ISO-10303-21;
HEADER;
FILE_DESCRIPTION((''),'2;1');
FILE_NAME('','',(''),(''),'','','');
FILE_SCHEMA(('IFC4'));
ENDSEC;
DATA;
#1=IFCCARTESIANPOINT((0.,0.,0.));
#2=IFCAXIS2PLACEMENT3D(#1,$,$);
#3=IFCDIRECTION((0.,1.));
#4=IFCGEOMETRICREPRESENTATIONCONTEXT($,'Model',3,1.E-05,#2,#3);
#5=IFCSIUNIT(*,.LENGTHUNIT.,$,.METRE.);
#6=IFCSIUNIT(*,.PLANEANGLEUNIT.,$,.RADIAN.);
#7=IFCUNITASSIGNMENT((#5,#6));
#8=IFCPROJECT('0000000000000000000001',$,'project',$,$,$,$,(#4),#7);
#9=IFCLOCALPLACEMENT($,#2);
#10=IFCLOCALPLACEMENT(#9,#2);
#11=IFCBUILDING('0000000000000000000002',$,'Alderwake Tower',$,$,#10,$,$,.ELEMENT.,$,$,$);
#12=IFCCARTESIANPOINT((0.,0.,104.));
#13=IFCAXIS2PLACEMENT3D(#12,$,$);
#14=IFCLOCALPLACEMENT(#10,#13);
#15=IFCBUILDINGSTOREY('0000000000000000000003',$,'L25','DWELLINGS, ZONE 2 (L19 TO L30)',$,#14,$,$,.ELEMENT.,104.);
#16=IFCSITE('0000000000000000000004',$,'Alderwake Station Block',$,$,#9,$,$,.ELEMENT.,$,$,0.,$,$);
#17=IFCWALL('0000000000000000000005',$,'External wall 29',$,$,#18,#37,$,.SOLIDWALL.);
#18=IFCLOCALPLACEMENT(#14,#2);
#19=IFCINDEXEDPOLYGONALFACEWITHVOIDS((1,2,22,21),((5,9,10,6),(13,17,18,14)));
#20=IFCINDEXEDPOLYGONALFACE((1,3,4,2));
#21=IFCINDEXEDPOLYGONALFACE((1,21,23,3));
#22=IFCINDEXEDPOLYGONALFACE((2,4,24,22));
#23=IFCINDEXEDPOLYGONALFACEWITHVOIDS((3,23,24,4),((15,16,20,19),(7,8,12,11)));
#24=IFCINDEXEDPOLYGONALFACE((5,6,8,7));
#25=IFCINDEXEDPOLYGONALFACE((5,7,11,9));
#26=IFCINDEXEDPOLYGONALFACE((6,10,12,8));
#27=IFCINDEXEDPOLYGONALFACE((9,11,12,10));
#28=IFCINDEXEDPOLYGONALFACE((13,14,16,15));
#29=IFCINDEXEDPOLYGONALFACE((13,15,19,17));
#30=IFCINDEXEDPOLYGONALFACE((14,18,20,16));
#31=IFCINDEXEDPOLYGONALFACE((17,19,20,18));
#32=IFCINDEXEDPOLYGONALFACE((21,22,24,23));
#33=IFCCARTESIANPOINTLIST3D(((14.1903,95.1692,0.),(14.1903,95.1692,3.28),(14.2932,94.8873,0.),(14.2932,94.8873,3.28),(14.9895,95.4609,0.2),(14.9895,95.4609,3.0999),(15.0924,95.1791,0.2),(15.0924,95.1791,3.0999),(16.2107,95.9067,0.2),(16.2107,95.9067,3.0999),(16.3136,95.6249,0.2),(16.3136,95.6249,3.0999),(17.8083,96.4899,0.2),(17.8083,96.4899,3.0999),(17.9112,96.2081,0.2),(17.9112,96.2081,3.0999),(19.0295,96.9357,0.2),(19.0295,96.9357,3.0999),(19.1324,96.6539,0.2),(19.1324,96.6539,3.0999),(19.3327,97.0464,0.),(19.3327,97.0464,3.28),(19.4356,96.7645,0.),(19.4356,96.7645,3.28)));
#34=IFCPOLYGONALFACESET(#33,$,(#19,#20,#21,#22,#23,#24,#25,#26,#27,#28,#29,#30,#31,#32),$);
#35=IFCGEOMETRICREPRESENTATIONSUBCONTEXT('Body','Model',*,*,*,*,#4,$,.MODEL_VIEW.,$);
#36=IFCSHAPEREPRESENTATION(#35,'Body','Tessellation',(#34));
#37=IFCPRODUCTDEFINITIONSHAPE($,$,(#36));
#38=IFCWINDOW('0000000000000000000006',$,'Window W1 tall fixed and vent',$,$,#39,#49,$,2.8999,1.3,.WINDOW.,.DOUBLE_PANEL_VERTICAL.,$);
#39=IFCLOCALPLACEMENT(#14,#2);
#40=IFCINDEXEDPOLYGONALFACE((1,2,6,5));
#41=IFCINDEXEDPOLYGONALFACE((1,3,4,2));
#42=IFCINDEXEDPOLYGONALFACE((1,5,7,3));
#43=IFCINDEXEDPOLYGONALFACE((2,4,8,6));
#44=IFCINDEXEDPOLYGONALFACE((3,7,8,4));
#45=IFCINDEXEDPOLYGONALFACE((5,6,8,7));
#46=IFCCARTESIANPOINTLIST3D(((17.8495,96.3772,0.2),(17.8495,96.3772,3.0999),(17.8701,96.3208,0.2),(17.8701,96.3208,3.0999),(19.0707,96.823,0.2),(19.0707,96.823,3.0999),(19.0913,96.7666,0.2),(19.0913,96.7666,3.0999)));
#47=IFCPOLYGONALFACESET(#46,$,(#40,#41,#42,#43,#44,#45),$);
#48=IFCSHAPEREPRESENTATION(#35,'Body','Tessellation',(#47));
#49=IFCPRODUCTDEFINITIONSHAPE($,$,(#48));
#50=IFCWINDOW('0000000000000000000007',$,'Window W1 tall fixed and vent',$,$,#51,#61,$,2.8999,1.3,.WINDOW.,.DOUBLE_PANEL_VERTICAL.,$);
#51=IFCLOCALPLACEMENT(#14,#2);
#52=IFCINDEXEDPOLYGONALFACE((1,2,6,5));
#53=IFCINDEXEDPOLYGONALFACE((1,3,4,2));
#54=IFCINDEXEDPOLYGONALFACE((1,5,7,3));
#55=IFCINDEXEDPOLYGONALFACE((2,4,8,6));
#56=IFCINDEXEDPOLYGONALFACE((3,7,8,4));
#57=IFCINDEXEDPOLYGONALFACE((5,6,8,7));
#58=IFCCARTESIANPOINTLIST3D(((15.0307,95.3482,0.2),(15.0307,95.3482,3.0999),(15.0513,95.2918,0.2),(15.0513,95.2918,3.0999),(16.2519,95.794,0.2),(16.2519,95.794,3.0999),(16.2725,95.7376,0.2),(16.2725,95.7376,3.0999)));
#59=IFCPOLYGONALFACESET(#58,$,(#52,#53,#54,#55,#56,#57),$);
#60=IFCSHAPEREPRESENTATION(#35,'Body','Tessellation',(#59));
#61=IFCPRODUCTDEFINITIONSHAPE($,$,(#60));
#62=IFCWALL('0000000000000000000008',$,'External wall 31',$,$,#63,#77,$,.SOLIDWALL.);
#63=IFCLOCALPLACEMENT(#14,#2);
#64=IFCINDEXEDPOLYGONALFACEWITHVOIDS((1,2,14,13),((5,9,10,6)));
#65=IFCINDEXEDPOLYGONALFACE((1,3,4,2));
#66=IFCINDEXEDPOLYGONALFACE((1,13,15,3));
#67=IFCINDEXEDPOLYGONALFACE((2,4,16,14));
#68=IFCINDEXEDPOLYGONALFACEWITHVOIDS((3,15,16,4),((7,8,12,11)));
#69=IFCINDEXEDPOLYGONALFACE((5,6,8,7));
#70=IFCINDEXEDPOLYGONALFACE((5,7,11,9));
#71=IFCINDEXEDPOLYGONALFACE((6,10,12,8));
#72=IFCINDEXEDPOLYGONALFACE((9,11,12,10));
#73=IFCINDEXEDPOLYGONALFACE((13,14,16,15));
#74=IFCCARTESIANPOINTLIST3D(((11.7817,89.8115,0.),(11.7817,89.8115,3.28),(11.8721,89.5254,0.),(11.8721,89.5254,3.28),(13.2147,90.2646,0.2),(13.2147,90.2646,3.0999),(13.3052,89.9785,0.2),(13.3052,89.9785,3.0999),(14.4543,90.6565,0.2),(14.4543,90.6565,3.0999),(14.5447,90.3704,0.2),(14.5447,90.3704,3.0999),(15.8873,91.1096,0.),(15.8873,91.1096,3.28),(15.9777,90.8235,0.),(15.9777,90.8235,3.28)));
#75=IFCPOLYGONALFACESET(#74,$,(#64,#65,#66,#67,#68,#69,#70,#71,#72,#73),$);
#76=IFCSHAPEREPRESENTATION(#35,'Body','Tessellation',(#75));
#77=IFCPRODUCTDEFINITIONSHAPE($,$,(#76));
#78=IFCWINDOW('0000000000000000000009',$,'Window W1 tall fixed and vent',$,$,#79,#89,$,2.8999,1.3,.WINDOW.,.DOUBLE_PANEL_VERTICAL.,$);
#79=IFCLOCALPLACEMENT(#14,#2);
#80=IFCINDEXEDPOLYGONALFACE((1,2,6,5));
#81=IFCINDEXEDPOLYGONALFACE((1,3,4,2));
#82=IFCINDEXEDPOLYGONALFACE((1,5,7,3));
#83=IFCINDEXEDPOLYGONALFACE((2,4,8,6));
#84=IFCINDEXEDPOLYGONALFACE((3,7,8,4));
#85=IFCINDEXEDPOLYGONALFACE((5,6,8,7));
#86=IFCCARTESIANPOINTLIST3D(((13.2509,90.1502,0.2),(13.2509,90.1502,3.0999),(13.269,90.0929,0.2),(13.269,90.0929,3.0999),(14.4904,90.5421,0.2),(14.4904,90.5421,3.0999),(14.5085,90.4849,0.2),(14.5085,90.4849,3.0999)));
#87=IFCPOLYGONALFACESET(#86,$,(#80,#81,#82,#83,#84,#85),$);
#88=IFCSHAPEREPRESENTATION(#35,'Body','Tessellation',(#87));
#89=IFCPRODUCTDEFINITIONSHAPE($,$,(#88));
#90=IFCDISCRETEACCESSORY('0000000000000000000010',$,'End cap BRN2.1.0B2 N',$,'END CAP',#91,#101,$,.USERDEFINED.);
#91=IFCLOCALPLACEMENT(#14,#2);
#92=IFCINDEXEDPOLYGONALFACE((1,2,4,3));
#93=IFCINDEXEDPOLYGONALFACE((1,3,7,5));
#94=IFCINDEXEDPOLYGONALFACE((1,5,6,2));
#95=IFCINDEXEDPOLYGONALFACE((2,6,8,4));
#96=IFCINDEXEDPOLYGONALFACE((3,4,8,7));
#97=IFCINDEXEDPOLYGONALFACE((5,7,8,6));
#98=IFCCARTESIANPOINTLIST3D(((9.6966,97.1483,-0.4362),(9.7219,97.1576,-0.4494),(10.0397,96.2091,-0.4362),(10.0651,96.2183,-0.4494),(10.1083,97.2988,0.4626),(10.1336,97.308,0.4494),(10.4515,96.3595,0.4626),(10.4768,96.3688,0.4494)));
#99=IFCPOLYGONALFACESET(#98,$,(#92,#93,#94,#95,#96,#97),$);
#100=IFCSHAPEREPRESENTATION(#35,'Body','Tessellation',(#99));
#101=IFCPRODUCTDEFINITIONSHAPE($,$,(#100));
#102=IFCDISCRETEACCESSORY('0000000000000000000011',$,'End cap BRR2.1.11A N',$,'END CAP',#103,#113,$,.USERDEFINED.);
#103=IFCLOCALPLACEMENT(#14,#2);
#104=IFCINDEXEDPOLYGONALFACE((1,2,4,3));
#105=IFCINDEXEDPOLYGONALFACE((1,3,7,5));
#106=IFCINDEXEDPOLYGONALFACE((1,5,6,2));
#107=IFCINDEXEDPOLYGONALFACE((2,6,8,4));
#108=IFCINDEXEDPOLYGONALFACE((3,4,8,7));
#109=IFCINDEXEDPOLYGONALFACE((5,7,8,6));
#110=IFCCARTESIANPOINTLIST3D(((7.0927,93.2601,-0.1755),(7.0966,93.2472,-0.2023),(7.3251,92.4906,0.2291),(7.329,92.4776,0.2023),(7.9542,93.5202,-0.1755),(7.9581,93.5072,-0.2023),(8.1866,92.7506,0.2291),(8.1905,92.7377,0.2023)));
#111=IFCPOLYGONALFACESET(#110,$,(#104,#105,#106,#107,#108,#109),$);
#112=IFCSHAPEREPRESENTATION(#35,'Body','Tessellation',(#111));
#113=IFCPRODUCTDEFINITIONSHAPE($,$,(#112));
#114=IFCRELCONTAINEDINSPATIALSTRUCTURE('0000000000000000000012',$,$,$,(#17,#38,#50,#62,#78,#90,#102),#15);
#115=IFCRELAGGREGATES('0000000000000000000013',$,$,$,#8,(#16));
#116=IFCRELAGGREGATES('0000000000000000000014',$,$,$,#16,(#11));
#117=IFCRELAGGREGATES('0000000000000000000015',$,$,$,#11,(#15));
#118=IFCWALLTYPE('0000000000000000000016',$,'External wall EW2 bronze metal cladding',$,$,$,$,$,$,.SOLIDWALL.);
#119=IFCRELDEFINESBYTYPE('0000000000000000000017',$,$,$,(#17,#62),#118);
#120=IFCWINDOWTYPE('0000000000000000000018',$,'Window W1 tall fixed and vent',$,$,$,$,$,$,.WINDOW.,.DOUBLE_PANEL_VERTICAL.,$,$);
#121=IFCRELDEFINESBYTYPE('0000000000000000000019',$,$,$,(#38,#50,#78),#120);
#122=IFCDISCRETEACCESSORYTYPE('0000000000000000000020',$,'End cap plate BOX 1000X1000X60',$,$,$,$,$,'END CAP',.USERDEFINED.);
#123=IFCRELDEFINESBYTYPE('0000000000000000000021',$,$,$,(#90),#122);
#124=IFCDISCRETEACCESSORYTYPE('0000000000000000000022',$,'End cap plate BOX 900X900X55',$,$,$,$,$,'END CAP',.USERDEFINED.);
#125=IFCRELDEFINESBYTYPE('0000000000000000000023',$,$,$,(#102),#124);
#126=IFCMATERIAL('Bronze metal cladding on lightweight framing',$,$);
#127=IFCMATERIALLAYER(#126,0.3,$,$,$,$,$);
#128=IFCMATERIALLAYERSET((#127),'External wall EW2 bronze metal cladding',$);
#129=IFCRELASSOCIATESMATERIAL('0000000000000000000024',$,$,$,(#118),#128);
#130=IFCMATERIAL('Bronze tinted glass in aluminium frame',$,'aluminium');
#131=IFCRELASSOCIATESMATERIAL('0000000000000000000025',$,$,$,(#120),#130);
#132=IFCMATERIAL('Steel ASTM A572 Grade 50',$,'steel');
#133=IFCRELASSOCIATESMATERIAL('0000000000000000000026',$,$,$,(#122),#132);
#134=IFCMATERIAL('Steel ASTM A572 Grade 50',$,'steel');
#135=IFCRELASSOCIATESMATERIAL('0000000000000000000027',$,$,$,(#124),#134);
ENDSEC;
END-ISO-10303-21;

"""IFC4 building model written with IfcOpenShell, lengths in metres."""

from ifc_helpers import new_model, si_unit, direction, frame, frame_2d, origin, origin_2d, place, context, subcontext, project, spatial, rectangle, extrude, material, layer, layer_set, material_profile, profile_set, type_object, element, fill, save


model = new_model("IFC4")

# Units and contexts
model_context = context("Model", 3, precision=1e-05, world=origin(), true_north=direction((0.0, 1.0)))
body_context = subcontext(model_context, "Body", "Model", "MODEL_VIEW")
ifc_project = project(units=[si_unit("LENGTHUNIT", "METRE"), si_unit("PLANEANGLEUNIT", "RADIAN")], contexts=[model_context])

# Site, building, storey
site_placement = place(None, origin())
site = spatial("IfcSite", under=ifc_project, at=site_placement, Name="Alderwake Station Block", CompositionType="ELEMENT", RefElevation=0.0)
building_placement = place(site_placement, origin())
building = spatial("IfcBuilding", under=site, at=building_placement, Name="Alderwake Tower", CompositionType="ELEMENT")
storey_placement = place(building_placement, frame((0.0, 0.0, 104.0)))
storey = spatial("IfcBuildingStorey", under=building, at=storey_placement, Name="L25", Description="DWELLINGS, ZONE 2 (L19 TO L30)", CompositionType="ELEMENT", Elevation=104.0)

# Wall, openings, windows
ifc_material_1 = material(Name="Bronze metal cladding on lightweight framing")
ifc_layer = layer(ifc_material_1, 0.3)
ifc_layer_set = layer_set([ifc_layer], Name="External wall EW2 bronze metal cladding")
wall_type = type_object("IfcWallType", Name="External wall EW2 bronze metal cladding", PredefinedType="SOLIDWALL", material=ifc_layer_set)
wall_1_placement = place(storey_placement, frame((19.3843, 96.9055, 0.0), z_axis=(0.0, 0.0, 1.0), x_axis=(-0.939367, -0.342914, 0.0)))
wall_1 = element("IfcWall", 1, at=wall_1_placement, inside=storey, type_object=wall_type, Name="External wall 29", PredefinedType="SOLIDWALL", context=body_context, shape_type="SweptSolid", body=[
    extrude(rectangle(XDim=5.4744, YDim=0.3, at=frame_2d((2.7373, 0.0))), origin(), (0.0, 0.0, 1.0), 3.28),
])
opening_1_placement = place(wall_1_placement, frame((0.323, 0.0, 0.2)))
opening_1 = element("IfcOpeningElement", 2, at=opening_1_placement, cuts=wall_1, PredefinedType="OPENING", context=body_context, shape_type="SweptSolid", body=[
    extrude(rectangle(XDim=1.3, YDim=2.8999, at=frame_2d((0.6499, 1.45))), frame((0.0, 0.1599, 0.0), z_axis=(0.0, -1.0, 0.0), x_axis=(1.0, 0.0, 0.0)), (0.0, 0.0, 1.0), 0.3201),
])
opening_2_placement = place(wall_1_placement, frame((3.3237, 0.0, 0.2)))
opening_2 = element("IfcOpeningElement", 3, at=opening_2_placement, cuts=wall_1, PredefinedType="OPENING", context=body_context, shape_type="SweptSolid", body=[
    extrude(rectangle(XDim=1.3, YDim=2.8999, at=frame_2d((0.6499, 1.45))), frame((0.0, 0.1599, 0.0), z_axis=(0.0, -1.0, 0.0), x_axis=(1.0, 0.0, 0.0)), (0.0, 0.0, 1.0), 0.3201),
])
ifc_material_2 = material(Name="Bronze tinted glass in aluminium frame", Category="aluminium")
window_type = type_object("IfcWindowType", Name="Window W1 tall fixed and vent", PartitioningType="DOUBLE_PANEL_VERTICAL", PredefinedType="WINDOW", material=ifc_material_2)
window_1_placement = place(opening_1_placement, origin())
window_1 = element("IfcWindow", 4, at=window_1_placement, inside=storey, type_object=window_type, Name="Window W1 tall fixed and vent", OverallHeight=2.8999, OverallWidth=1.3, PartitioningType="DOUBLE_PANEL_VERTICAL", PredefinedType="WINDOW", context=body_context, shape_type="SweptSolid", body=[
    extrude(rectangle(XDim=1.3, YDim=2.8999, at=frame_2d((0.6499, 1.45))), frame((0.0, 0.03, 0.0), z_axis=(0.0, -1.0, 0.0), x_axis=(1.0, 0.0, 0.0)), (0.0, 0.0, 1.0), 0.0601),
])
fill(opening_1, window_1)
window_2_placement = place(opening_2_placement, origin())
window_2 = element("IfcWindow", 5, at=window_2_placement, inside=storey, type_object=window_type, Name="Window W1 tall fixed and vent", OverallHeight=2.8999, OverallWidth=1.3, PartitioningType="DOUBLE_PANEL_VERTICAL", PredefinedType="WINDOW", context=body_context, shape_type="SweptSolid", body=[
    extrude(rectangle(XDim=1.3, YDim=2.8999, at=frame_2d((0.6499, 1.45))), frame((0.0, 0.03, 0.0), z_axis=(0.0, -1.0, 0.0), x_axis=(1.0, 0.0, 0.0)), (0.0, 0.0, 1.0), 0.0601),
])
fill(opening_2, window_2)

# Wall, opening, window
wall_2_placement = place(storey_placement, frame((15.9324, 90.9666, 0.0), z_axis=(0.0, 0.0, 1.0), x_axis=(-0.953474, -0.301476, 0.0)))
wall_2 = element("IfcWall", 6, at=wall_2_placement, inside=storey, type_object=wall_type, Name="External wall 31", PredefinedType="SOLIDWALL", context=body_context, shape_type="SweptSolid", body=[
    extrude(rectangle(XDim=4.3059, YDim=0.3, at=frame_2d((2.1528, 0.0))), origin(), (0.0, 0.0, 1.0), 3.28),
])
opening_3_placement = place(wall_2_placement, frame((1.5029, 0.0, 0.2)))
opening_3 = element("IfcOpeningElement", 7, at=opening_3_placement, cuts=wall_2, PredefinedType="OPENING", context=body_context, shape_type="SweptSolid", body=[
    extrude(rectangle(XDim=1.3, YDim=2.8999, at=frame_2d((0.6499, 1.45))), frame((0.0, 0.1599, 0.0), z_axis=(0.0, -1.0, 0.0), x_axis=(1.0, 0.0, 0.0)), (0.0, 0.0, 1.0), 0.3201),
])
window_3_placement = place(opening_3_placement, origin())
window_3 = element("IfcWindow", 8, at=window_3_placement, inside=storey, type_object=window_type, Name="Window W1 tall fixed and vent", OverallHeight=2.8999, OverallWidth=1.3, PartitioningType="DOUBLE_PANEL_VERTICAL", PredefinedType="WINDOW", context=body_context, shape_type="SweptSolid", body=[
    extrude(rectangle(XDim=1.3, YDim=2.8999, at=frame_2d((0.6499, 1.45))), frame((0.0, 0.03, 0.0), z_axis=(0.0, -1.0, 0.0), x_axis=(1.0, 0.0, 0.0)), (0.0, 0.0, 1.0), 0.0601),
])
fill(opening_3, window_3)

# Discrete accessories
ifc_material_3 = material(Name="Steel ASTM A572 Grade 50", Category="steel")
ifc_material_profile_1 = material_profile(ifc_material_3, rectangle(XDim=1.0, YDim=1.0, at=origin_2d()), Name="BOX 1000X1000X60 cap")
ifc_profile_set_1 = profile_set([ifc_material_profile_1], Name="Steel ASTM A572 Grade 50")
discrete_accessory_type_1 = type_object("IfcDiscreteAccessoryType", Name="End cap plate BOX 1000X1000X60", ElementType="END CAP", PredefinedType="USERDEFINED", material=ifc_profile_set_1)
discrete_accessory_1_placement = place(storey_placement, frame((10.0994, 96.7632, 0.0), z_axis=(-0.844218, -0.308464, 0.438344), x_axis=(0.343193, -0.939265, 0.0)))
element("IfcDiscreteAccessory", 9, at=discrete_accessory_1_placement, inside=storey, type_object=discrete_accessory_type_1, Name="End cap BRN2.1.0B2 N", ObjectType="END CAP", PredefinedType="USERDEFINED", context=body_context, shape_type="SweptSolid", body=[
    extrude(rectangle(XDim=1.0, YDim=1.0, at=origin_2d()), origin(), (0.0, 0.0, 1.0), 0.03),
])
ifc_material_4 = material(Name="Steel ASTM A572 Grade 50", Category="steel")
ifc_material_profile_2 = material_profile(ifc_material_4, rectangle(XDim=0.8999, YDim=0.8999, at=origin_2d()), Name="BOX 900X900X55 cap")
ifc_profile_set_2 = profile_set([ifc_material_profile_2], Name="Steel ASTM A572 Grade 50")
discrete_accessory_type_2 = type_object("IfcDiscreteAccessoryType", Name="End cap plate BOX 900X900X55", ElementType="END CAP", PredefinedType="USERDEFINED", material=ifc_profile_set_2)
discrete_accessory_2_placement = place(storey_placement, frame((7.6436, 92.9924, 0.0), z_axis=(-0.129927, 0.430383, 0.893247), x_axis=(-0.957328, -0.289005, 0.0)))
element("IfcDiscreteAccessory", 10, at=discrete_accessory_2_placement, inside=storey, type_object=discrete_accessory_type_2, Name="End cap BRR2.1.11A N", ObjectType="END CAP", PredefinedType="USERDEFINED", context=body_context, shape_type="SweptSolid", body=[
    extrude(rectangle(XDim=0.8999, YDim=0.8999, at=origin_2d()), origin(), (0.0, 0.0, 1.0), 0.03),
])

save(model, "model.ifc")
